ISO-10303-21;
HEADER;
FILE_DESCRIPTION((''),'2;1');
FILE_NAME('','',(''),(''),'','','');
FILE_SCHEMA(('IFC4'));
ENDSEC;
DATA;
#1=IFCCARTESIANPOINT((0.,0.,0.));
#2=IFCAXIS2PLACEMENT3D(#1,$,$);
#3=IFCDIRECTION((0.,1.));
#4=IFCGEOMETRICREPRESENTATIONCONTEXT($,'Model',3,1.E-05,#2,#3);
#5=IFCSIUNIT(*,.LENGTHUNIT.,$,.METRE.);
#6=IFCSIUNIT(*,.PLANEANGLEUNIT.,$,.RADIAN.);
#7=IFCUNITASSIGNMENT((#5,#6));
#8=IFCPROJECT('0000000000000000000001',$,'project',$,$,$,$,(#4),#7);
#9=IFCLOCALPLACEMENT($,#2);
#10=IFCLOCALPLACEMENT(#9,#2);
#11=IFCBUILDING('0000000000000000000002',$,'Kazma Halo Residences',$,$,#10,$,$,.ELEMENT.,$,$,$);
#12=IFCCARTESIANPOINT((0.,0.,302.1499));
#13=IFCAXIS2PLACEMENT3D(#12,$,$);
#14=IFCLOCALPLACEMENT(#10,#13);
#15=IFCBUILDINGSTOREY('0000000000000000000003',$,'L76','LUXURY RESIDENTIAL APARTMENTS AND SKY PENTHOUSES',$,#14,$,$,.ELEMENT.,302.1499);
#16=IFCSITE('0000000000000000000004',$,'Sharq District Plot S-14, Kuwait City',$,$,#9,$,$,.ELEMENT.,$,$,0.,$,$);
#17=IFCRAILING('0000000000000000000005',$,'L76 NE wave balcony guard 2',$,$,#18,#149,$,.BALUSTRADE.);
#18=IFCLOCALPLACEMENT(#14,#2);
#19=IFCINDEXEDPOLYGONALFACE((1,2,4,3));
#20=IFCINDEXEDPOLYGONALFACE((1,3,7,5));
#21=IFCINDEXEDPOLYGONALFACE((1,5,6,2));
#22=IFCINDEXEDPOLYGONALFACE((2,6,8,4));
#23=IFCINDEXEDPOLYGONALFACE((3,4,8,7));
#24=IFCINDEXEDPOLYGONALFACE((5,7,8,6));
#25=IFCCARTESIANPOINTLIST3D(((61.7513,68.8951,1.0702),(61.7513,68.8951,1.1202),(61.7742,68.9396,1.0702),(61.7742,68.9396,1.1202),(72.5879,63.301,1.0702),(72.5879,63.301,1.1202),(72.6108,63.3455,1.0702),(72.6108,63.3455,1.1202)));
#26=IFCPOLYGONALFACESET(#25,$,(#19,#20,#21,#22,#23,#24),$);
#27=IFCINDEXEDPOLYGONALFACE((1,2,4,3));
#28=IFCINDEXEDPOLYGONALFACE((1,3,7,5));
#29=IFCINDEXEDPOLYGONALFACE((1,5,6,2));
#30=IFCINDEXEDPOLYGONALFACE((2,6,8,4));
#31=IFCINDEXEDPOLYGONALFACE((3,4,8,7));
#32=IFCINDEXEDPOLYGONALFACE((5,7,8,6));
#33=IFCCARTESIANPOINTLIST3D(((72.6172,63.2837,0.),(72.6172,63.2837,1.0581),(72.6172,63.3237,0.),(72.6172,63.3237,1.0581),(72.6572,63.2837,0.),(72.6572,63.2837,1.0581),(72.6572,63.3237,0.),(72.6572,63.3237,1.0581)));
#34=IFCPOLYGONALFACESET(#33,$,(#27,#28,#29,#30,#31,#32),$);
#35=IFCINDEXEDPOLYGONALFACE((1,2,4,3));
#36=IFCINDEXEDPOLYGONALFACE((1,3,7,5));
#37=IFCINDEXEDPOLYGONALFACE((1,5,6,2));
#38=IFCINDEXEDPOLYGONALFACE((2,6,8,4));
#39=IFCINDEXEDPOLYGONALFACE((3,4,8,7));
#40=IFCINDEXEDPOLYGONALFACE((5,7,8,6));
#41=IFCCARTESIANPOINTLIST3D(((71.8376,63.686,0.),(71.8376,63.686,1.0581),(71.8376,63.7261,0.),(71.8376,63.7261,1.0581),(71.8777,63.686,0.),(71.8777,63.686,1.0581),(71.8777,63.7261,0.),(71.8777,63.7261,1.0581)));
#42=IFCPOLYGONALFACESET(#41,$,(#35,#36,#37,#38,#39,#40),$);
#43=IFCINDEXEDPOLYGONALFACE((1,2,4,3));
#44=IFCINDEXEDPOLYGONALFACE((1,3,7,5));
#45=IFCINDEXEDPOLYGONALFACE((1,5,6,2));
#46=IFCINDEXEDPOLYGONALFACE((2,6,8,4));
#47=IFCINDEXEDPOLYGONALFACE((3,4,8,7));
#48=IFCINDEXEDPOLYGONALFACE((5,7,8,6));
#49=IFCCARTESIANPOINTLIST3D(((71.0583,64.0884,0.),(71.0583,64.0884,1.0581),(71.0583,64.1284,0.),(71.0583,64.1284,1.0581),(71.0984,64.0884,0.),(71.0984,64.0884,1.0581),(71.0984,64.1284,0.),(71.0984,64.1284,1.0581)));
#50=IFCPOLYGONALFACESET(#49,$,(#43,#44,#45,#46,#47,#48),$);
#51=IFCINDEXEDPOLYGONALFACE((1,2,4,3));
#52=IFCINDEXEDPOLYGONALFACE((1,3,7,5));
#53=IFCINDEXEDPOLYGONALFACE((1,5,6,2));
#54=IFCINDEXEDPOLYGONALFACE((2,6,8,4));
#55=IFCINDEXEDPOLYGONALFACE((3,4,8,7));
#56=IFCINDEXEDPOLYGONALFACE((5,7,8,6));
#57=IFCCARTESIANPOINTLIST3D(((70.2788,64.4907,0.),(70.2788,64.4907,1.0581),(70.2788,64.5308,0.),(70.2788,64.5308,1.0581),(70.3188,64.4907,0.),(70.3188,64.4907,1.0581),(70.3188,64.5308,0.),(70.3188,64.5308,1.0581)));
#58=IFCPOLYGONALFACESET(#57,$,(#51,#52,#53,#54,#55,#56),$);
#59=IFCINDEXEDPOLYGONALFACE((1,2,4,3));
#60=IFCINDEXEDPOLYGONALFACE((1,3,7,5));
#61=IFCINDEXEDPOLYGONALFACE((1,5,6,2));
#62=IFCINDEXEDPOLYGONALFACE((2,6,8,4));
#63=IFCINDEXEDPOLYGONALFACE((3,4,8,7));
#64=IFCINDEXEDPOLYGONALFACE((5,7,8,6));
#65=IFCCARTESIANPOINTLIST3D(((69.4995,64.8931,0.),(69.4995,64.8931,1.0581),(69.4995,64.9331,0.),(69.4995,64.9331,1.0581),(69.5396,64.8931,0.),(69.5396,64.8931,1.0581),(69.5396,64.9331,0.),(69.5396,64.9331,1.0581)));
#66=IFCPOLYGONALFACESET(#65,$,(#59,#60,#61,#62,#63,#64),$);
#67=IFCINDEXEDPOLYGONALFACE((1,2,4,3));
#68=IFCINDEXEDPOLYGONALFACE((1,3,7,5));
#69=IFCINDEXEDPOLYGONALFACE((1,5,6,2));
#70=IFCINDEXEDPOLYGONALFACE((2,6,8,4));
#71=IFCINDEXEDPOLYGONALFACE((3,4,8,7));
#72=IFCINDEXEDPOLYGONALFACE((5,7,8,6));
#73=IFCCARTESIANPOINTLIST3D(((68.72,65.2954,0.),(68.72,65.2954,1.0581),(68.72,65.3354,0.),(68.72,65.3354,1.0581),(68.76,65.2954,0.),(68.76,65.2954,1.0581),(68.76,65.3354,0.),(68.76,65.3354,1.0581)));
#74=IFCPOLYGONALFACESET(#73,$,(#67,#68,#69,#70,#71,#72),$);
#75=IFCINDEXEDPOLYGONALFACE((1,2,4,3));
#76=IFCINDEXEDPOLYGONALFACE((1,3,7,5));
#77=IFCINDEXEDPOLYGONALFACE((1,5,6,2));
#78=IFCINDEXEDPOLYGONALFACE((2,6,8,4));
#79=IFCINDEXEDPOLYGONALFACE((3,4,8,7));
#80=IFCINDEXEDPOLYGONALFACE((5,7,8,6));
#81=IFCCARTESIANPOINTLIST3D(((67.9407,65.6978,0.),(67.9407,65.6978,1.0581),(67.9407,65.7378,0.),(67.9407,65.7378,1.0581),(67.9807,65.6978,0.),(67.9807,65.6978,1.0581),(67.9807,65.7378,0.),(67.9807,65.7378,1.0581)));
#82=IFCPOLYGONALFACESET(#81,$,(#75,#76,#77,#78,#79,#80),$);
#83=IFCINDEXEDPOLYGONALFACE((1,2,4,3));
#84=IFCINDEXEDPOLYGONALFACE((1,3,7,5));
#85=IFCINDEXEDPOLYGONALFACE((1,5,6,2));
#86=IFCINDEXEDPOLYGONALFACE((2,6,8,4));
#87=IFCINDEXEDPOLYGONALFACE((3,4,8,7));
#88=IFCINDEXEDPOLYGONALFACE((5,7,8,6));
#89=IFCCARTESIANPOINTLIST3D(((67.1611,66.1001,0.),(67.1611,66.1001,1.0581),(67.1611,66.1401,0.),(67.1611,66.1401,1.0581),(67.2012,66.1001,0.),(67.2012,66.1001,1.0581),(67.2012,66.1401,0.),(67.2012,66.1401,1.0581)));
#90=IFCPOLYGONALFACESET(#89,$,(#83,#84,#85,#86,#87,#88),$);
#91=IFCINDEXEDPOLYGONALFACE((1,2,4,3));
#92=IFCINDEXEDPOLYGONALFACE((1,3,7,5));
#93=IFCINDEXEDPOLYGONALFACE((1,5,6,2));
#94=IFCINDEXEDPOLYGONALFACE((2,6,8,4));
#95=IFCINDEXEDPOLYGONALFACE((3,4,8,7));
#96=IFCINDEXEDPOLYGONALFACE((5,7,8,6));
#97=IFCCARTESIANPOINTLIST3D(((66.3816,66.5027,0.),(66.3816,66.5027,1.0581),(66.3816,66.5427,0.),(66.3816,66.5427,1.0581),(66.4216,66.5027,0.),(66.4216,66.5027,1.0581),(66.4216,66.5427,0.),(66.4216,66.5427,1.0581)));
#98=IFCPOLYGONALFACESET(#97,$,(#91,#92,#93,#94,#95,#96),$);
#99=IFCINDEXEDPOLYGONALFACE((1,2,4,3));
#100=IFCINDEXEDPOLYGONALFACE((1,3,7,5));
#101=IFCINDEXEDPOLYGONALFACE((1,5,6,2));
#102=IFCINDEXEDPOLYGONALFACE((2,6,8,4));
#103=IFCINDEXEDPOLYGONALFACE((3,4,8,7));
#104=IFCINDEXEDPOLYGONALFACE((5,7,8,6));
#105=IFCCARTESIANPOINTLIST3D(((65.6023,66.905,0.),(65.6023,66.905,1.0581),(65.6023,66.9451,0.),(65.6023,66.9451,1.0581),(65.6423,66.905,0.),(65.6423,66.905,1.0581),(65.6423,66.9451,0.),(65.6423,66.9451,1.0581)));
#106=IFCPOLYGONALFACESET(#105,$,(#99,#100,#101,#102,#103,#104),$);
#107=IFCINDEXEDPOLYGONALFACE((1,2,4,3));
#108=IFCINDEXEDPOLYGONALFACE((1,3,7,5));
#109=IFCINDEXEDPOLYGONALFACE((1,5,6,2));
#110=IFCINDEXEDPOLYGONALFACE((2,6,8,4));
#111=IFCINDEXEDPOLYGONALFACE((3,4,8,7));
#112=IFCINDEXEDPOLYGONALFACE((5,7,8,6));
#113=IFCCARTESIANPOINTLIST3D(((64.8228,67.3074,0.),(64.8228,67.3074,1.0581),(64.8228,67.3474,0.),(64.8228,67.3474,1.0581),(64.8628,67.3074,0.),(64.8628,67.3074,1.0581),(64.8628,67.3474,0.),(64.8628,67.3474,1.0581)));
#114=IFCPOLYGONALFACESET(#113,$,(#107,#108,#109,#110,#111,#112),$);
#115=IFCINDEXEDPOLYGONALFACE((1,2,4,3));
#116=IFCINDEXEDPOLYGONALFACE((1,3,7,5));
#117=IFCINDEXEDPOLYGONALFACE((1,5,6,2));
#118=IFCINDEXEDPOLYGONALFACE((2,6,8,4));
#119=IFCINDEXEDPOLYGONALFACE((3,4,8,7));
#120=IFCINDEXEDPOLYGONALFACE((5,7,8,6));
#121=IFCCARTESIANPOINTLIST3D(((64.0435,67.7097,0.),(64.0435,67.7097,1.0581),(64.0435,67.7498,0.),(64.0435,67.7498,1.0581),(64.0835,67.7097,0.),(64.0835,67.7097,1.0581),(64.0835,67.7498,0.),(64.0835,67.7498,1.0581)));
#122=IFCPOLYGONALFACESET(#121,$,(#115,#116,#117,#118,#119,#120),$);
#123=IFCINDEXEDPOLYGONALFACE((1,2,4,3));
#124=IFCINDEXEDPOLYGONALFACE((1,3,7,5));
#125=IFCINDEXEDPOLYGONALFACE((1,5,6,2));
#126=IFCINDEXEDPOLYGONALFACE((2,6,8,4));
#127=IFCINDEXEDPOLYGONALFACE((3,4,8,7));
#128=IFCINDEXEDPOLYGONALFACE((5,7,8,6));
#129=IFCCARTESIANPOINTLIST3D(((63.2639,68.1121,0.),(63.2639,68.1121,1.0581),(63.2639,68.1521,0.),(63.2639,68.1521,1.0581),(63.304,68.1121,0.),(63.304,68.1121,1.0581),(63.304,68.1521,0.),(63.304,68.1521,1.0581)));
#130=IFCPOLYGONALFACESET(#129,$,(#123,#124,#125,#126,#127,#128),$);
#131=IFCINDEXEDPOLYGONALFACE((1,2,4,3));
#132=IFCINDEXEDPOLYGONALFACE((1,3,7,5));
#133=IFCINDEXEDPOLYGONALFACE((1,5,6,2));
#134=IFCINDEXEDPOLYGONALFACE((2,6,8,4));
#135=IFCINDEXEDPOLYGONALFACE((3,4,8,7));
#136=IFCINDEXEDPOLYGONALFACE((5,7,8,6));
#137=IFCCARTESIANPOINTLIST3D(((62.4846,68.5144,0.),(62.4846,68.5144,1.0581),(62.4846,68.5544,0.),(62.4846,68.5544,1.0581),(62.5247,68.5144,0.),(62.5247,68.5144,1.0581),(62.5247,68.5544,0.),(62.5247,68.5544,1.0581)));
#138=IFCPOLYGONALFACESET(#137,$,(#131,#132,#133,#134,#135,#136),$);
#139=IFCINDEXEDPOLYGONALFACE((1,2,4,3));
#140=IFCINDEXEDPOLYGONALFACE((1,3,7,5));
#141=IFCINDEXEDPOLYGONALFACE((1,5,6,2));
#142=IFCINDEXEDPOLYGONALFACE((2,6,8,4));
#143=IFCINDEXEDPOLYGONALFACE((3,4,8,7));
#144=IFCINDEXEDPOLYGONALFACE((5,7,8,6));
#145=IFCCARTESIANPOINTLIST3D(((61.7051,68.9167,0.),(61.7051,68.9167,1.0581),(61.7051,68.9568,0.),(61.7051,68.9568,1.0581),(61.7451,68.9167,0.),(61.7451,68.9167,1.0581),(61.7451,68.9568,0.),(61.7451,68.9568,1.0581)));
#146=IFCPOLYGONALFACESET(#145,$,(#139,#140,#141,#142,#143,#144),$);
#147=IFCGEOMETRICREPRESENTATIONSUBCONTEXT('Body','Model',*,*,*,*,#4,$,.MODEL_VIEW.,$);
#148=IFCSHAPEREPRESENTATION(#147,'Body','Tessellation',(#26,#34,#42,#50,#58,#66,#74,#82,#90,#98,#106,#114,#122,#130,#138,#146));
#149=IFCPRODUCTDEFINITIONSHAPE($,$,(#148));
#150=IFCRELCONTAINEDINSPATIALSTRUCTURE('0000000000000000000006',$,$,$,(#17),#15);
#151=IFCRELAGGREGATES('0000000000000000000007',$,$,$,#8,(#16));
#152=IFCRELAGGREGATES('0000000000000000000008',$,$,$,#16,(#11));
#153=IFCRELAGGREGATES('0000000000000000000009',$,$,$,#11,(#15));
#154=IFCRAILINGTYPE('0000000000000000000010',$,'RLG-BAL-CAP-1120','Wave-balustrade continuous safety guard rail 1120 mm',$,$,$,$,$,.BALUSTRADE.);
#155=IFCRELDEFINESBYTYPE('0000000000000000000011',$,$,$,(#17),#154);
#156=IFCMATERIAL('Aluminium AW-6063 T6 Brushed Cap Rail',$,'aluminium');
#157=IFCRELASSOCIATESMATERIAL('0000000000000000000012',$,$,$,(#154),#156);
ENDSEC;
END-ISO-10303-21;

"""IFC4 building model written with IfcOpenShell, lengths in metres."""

from ifc_helpers import new_model, si_unit, direction, frame, origin, origin_2d, place, context, subcontext, project, spatial, rectangle, extrude, material, type_object, element, save


model = new_model("IFC4")

# Units and contexts
model_context = context("Model", 3, precision=1e-05, world=origin(), true_north=direction((0.0, 1.0)))
body_context = subcontext(model_context, "Body", "Model", "MODEL_VIEW")
ifc_project = project(units=[si_unit("LENGTHUNIT", "METRE"), si_unit("PLANEANGLEUNIT", "RADIAN")], contexts=[model_context])

# Site, building, storey
site_placement = place(None, origin())
site = spatial("IfcSite", under=ifc_project, at=site_placement, Name="Sharq District Plot S-14, Kuwait City", CompositionType="ELEMENT", RefElevation=0.0)
building_placement = place(site_placement, origin())
building = spatial("IfcBuilding", under=site, at=building_placement, Name="Kazma Halo Residences", CompositionType="ELEMENT")
storey_placement = place(building_placement, frame((0.0, 0.0, 302.1499)))
storey = spatial("IfcBuildingStorey", under=building, at=storey_placement, Name="L76", Description="LUXURY RESIDENTIAL APARTMENTS AND SKY PENTHOUSES", CompositionType="ELEMENT", Elevation=302.1499)

# Railing
ifc_material_1 = material(Name="Aluminium AW-6063 T6 Brushed Cap Rail", Category="aluminium")
railing_type = type_object("IfcRailingType", Name="RLG-BAL-CAP-1120", Description="Wave-balustrade continuous safety guard rail 1120 mm", PredefinedType="BALUSTRADE", material=ifc_material_1)
railing_1_placement = place(storey_placement, frame((72.6372, 63.3037, 0.0)))
element("IfcRailing", 1, at=railing_1_placement, inside=storey, type_object=railing_type, Name="L76 NE wave balcony guard 2", PredefinedType="BALUSTRADE", context=body_context, shape_type="SweptSolid", body=[
    extrude(rectangle(XDim=0.05, YDim=0.05, at=origin_2d()), frame((-0.0378, 0.0195, 1.0952), z_axis=(-0.888587, 0.458707, 0.0), x_axis=(-0.458707, -0.888587, 0.0)), (0.0, 0.0, 1.0), 12.1953),
    extrude(rectangle(XDim=0.04, YDim=0.04, at=origin_2d()), origin(), (0.0, 0.0, 1.0), 1.0581),
    extrude(rectangle(XDim=0.04, YDim=0.04, at=origin_2d()), frame((-0.7795, 0.4023, 0.0)), (0.0, 0.0, 1.0), 1.0581),
    extrude(rectangle(XDim=0.04, YDim=0.04, at=origin_2d()), frame((-1.5588, 0.8047, 0.0)), (0.0, 0.0, 1.0), 1.0581),
    extrude(rectangle(XDim=0.04, YDim=0.04, at=origin_2d()), frame((-2.3384, 1.207, 0.0)), (0.0, 0.0, 1.0), 1.0581),
    extrude(rectangle(XDim=0.04, YDim=0.04, at=origin_2d()), frame((-3.1177, 1.6094, 0.0)), (0.0, 0.0, 1.0), 1.0581),
    extrude(rectangle(XDim=0.04, YDim=0.04, at=origin_2d()), frame((-3.8972, 2.0117, 0.0)), (0.0, 0.0, 1.0), 1.0581),
    extrude(rectangle(XDim=0.04, YDim=0.04, at=origin_2d()), frame((-4.6765, 2.4141, 0.0)), (0.0, 0.0, 1.0), 1.0581),
    extrude(rectangle(XDim=0.04, YDim=0.04, at=origin_2d()), frame((-5.4561, 2.8164, 0.0)), (0.0, 0.0, 1.0), 1.0581),
    extrude(rectangle(XDim=0.04, YDim=0.04, at=origin_2d()), frame((-6.2356, 3.219, 0.0)), (0.0, 0.0, 1.0), 1.0581),
    extrude(rectangle(XDim=0.04, YDim=0.04, at=origin_2d()), frame((-7.0149, 3.6213, 0.0)), (0.0, 0.0, 1.0), 1.0581),
    extrude(rectangle(XDim=0.04, YDim=0.04, at=origin_2d()), frame((-7.7944, 4.0237, 0.0)), (0.0, 0.0, 1.0), 1.0581),
    extrude(rectangle(XDim=0.04, YDim=0.04, at=origin_2d()), frame((-8.5737, 4.426, 0.0)), (0.0, 0.0, 1.0), 1.0581),
    extrude(rectangle(XDim=0.04, YDim=0.04, at=origin_2d()), frame((-9.3533, 4.8284, 0.0)), (0.0, 0.0, 1.0), 1.0581),
    extrude(rectangle(XDim=0.04, YDim=0.04, at=origin_2d()), frame((-10.1326, 5.2307, 0.0)), (0.0, 0.0, 1.0), 1.0581),
    extrude(rectangle(XDim=0.04, YDim=0.04, at=origin_2d()), frame((-10.9121, 5.6331, 0.0)), (0.0, 0.0, 1.0), 1.0581),
])

save(model, "model.ifc")
